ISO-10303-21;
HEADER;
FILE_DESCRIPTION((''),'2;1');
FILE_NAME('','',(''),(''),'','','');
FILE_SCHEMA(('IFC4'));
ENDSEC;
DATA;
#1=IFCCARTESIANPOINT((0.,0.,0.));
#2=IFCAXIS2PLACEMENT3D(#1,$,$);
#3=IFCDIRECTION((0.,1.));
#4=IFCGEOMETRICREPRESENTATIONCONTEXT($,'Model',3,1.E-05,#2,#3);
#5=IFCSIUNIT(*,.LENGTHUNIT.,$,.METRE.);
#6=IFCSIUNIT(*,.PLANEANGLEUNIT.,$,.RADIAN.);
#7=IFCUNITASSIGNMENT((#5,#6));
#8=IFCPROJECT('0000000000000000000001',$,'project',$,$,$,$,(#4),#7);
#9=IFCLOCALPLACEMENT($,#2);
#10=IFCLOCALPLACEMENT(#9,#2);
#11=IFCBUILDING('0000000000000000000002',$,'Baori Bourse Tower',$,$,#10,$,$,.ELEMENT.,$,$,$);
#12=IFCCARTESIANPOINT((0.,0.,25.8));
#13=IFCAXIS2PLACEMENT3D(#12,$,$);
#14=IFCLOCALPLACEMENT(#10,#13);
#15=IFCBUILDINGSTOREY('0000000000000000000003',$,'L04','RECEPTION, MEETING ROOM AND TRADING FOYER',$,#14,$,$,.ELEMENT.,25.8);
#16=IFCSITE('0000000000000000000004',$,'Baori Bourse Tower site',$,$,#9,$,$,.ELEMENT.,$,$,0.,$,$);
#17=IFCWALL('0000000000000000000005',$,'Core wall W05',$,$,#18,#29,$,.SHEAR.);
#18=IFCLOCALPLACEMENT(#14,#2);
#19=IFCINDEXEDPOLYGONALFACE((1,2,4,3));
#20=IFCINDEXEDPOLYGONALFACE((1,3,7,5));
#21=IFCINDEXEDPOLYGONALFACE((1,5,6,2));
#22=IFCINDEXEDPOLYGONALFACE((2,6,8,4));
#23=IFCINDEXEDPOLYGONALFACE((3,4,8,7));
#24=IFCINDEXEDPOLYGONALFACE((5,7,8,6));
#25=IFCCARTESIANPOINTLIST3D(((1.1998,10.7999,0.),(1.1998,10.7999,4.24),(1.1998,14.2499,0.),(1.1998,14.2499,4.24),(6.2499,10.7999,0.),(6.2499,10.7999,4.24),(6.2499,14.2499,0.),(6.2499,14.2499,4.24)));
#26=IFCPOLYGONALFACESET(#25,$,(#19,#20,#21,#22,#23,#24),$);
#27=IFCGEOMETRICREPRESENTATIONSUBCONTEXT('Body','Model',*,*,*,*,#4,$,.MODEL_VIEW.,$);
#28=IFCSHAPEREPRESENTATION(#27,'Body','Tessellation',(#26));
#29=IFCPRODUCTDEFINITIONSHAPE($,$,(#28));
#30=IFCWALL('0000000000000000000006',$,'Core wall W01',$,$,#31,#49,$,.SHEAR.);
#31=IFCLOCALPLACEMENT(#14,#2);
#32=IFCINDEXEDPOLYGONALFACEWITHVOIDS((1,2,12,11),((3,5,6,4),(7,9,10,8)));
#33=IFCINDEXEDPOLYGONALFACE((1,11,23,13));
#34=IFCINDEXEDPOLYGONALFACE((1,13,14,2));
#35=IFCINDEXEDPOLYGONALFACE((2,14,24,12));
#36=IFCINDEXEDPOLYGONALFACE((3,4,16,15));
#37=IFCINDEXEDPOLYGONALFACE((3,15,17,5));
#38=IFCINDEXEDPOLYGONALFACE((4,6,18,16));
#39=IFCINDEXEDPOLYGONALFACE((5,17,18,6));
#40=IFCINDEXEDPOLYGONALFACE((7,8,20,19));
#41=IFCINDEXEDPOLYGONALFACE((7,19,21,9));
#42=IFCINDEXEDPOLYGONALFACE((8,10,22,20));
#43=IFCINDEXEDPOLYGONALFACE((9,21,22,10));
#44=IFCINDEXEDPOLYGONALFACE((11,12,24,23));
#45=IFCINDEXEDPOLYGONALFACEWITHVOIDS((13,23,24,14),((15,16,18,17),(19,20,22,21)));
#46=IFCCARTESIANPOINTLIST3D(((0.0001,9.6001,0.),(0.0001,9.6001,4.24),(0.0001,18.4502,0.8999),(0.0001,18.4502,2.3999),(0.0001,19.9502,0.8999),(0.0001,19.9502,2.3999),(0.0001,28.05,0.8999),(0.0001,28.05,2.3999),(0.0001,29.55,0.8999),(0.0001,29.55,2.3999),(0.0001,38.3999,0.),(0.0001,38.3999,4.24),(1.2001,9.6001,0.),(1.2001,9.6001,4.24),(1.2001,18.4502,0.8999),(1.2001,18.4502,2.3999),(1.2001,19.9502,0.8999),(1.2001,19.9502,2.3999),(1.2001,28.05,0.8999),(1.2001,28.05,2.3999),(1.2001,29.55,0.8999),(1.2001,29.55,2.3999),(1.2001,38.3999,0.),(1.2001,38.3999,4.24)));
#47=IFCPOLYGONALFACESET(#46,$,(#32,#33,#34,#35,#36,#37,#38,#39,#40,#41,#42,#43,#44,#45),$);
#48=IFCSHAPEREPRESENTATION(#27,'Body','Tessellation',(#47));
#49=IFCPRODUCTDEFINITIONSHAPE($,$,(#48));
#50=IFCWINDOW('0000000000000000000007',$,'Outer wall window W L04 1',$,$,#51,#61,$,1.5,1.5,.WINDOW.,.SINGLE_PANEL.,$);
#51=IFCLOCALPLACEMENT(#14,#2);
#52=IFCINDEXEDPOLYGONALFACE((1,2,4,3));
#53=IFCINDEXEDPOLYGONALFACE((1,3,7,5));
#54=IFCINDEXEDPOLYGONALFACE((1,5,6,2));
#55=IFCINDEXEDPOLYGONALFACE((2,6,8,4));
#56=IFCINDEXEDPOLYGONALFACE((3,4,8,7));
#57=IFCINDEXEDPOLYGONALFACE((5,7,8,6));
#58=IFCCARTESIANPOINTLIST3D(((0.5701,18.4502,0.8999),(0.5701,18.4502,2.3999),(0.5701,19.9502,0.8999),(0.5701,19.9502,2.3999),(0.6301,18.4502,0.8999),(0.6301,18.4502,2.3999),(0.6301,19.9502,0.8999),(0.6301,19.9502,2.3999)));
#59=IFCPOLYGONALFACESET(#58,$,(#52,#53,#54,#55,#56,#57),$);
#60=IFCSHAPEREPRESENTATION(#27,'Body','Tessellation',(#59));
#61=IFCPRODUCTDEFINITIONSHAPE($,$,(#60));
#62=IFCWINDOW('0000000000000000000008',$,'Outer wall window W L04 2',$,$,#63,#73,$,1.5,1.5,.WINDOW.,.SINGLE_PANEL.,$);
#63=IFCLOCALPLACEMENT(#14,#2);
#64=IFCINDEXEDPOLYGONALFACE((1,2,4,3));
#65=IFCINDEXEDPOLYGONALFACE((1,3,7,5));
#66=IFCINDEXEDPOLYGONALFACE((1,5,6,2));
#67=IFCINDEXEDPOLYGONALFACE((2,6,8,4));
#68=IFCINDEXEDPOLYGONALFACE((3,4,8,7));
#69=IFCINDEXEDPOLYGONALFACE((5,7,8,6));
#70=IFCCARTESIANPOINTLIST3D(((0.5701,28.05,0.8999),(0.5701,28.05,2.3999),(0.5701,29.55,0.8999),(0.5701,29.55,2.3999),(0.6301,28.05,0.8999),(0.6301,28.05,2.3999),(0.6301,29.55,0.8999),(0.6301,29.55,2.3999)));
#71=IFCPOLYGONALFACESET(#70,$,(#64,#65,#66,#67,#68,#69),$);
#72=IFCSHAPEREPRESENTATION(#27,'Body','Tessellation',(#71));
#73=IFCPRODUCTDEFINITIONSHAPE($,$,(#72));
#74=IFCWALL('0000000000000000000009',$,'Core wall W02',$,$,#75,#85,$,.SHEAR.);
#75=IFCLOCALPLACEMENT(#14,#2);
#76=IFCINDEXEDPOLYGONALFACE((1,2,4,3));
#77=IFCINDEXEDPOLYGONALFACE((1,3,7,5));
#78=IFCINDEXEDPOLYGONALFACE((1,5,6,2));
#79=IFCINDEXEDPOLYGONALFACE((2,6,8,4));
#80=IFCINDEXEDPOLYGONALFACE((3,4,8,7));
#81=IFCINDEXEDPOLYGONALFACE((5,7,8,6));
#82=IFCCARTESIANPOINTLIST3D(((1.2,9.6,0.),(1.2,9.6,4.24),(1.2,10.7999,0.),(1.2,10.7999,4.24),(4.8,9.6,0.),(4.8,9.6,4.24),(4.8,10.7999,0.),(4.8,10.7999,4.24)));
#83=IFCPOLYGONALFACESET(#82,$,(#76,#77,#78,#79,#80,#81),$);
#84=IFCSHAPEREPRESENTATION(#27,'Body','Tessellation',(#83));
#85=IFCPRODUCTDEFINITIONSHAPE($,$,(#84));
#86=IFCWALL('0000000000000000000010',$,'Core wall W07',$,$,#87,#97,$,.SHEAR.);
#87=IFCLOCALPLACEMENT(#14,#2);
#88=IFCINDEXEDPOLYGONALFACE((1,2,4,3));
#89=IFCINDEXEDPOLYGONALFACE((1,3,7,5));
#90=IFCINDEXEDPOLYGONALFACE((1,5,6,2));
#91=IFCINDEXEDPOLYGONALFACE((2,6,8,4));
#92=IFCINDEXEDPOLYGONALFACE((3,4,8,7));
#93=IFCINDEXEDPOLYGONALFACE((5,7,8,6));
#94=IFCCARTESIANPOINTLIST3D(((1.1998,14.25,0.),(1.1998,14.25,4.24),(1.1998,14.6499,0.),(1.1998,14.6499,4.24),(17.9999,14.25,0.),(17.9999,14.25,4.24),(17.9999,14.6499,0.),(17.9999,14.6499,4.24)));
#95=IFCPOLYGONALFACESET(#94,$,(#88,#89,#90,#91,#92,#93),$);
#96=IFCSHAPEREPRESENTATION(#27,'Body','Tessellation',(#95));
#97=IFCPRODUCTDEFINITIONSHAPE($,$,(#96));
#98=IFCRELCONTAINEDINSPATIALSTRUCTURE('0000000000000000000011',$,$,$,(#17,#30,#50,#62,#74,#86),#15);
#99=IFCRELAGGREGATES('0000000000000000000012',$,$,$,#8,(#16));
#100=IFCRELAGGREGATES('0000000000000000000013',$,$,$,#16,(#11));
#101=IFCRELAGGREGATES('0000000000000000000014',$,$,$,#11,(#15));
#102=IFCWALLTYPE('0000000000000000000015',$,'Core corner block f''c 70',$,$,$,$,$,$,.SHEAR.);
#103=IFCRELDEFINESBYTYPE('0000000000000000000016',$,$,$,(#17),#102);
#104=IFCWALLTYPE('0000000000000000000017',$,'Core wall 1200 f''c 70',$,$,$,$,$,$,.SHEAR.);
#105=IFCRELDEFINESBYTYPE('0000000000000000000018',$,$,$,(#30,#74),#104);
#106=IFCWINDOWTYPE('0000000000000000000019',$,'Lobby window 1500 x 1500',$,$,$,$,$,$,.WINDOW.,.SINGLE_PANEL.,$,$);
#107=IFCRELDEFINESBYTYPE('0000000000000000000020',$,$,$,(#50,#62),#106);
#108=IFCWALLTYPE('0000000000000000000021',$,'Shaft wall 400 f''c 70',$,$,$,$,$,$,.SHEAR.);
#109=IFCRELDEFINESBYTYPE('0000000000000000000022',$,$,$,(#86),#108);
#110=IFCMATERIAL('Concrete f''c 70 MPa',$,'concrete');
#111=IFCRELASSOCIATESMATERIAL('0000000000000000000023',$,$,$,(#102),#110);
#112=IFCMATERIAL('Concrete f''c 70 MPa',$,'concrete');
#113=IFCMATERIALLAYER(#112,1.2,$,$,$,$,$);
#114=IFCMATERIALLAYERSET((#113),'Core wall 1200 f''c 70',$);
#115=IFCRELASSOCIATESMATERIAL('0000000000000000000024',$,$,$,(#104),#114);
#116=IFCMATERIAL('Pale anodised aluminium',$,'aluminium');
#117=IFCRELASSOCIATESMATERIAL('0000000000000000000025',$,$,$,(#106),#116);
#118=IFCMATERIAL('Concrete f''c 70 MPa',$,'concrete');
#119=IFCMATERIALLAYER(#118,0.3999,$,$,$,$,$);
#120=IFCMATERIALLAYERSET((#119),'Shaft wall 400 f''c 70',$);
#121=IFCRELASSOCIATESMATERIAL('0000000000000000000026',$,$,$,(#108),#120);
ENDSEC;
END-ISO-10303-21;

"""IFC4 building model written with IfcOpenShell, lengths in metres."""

from ifc_helpers import new_model, si_unit, direction, frame, frame_2d, origin, place, context, subcontext, project, spatial, rectangle, extrude, material, layer, layer_set, type_object, element, fill, save


model = new_model("IFC4")

# Units and contexts
model_context = context("Model", 3, precision=1e-05, world=origin(), true_north=direction((0.0, 1.0)))
body_context = subcontext(model_context, "Body", "Model", "MODEL_VIEW")
ifc_project = project(units=[si_unit("LENGTHUNIT", "METRE"), si_unit("PLANEANGLEUNIT", "RADIAN")], contexts=[model_context])

# Site, building, storey
site_placement = place(None, origin())
site = spatial("IfcSite", under=ifc_project, at=site_placement, Name="Baori Bourse Tower site", CompositionType="ELEMENT", RefElevation=0.0)
building_placement = place(site_placement, origin())
building = spatial("IfcBuilding", under=site, at=building_placement, Name="Baori Bourse Tower", CompositionType="ELEMENT")
storey_placement = place(building_placement, frame((0.0, 0.0, 25.8)))
storey = spatial("IfcBuildingStorey", under=building, at=storey_placement, Name="L04", Description="RECEPTION, MEETING ROOM AND TRADING FOYER", CompositionType="ELEMENT", Elevation=25.8)

# Wall
ifc_material_1 = material(Name="Concrete f'c 70 MPa", Category="concrete")
wall_type_1 = type_object("IfcWallType", Name="Core corner block f'c 70", PredefinedType="SHEAR", material=ifc_material_1)
wall_1_placement = place(storey_placement, frame((1.2, 12.5249, 0.0), z_axis=(0.0, 0.0, 1.0), x_axis=(1.0, 0.0, 0.0)))
element("IfcWall", 1, at=wall_1_placement, inside=storey, type_object=wall_type_1, Name="Core wall W05", PredefinedType="SHEAR", context=body_context, shape_type="SweptSolid", body=[
    extrude(rectangle(XDim=5.05, YDim=3.45, at=frame_2d((2.5249, 0.0))), origin(), (0.0, 0.0, 1.0), 4.24),
])

# Wall, openings, windows
ifc_material_2 = material(Name="Concrete f'c 70 MPa", Category="concrete")
ifc_layer_1 = layer(ifc_material_2, 1.2)
ifc_layer_set_1 = layer_set([ifc_layer_1], Name="Core wall 1200 f'c 70")
wall_type_2 = type_object("IfcWallType", Name="Core wall 1200 f'c 70", PredefinedType="SHEAR", material=ifc_layer_set_1)
wall_2_placement = place(storey_placement, frame((0.6001, 9.6001, 0.0), z_axis=(0.0, 0.0, 1.0), x_axis=(0.0, 1.0, 0.0)))
wall_2 = element("IfcWall", 2, at=wall_2_placement, inside=storey, type_object=wall_type_2, Name="Core wall W01", PredefinedType="SHEAR", context=body_context, shape_type="SweptSolid", body=[
    extrude(rectangle(XDim=28.7998, YDim=1.2, at=frame_2d((14.3999, 0.0))), origin(), (0.0, 0.0, 1.0), 4.24),
])
opening_1_placement = place(wall_2_placement, frame((8.8501, 0.0, 0.8999)))
opening_1 = element("IfcOpeningElement", 3, at=opening_1_placement, cuts=wall_2, PredefinedType="OPENING", context=body_context, shape_type="SweptSolid", body=[
    extrude(rectangle(XDim=1.5, YDim=1.5, at=frame_2d((0.75, 0.75))), frame((0.0, 0.6099, 0.0), z_axis=(0.0, -1.0, 0.0), x_axis=(1.0, 0.0, 0.0)), (0.0, 0.0, 1.0), 1.22),
])
opening_2_placement = place(wall_2_placement, frame((18.45, 0.0, 0.8999)))
opening_2 = element("IfcOpeningElement", 4, at=opening_2_placement, cuts=wall_2, PredefinedType="OPENING", context=body_context, shape_type="SweptSolid", body=[
    extrude(rectangle(XDim=1.5, YDim=1.5, at=frame_2d((0.75, 0.75))), frame((0.0, 0.6099, 0.0), z_axis=(0.0, -1.0, 0.0), x_axis=(1.0, 0.0, 0.0)), (0.0, 0.0, 1.0), 1.22),
])
ifc_material_3 = material(Name="Pale anodised aluminium", Category="aluminium")
window_type = type_object("IfcWindowType", Name="Lobby window 1500 x 1500", PartitioningType="SINGLE_PANEL", PredefinedType="WINDOW", material=ifc_material_3)
window_1_placement = place(opening_1_placement, origin())
window_1 = element("IfcWindow", 5, at=window_1_placement, inside=storey, type_object=window_type, Name="Outer wall window W L04 1", OverallHeight=1.5, OverallWidth=1.5, PartitioningType="SINGLE_PANEL", PredefinedType="WINDOW", context=body_context, shape_type="SweptSolid", body=[
    extrude(rectangle(XDim=1.5, YDim=1.5, at=frame_2d((0.75, 0.75))), frame((0.0, 0.03, 0.0), z_axis=(0.0, -1.0, 0.0), x_axis=(1.0, 0.0, 0.0)), (0.0, 0.0, 1.0), 0.0601),
])
fill(opening_1, window_1)
window_2_placement = place(opening_2_placement, origin())
window_2 = element("IfcWindow", 6, at=window_2_placement, inside=storey, type_object=window_type, Name="Outer wall window W L04 2", OverallHeight=1.5, OverallWidth=1.5, PartitioningType="SINGLE_PANEL", PredefinedType="WINDOW", context=body_context, shape_type="SweptSolid", body=[
    extrude(rectangle(XDim=1.5, YDim=1.5, at=frame_2d((0.75, 0.75))), frame((0.0, 0.03, 0.0), z_axis=(0.0, -1.0, 0.0), x_axis=(1.0, 0.0, 0.0)), (0.0, 0.0, 1.0), 0.0601),
])
fill(opening_2, window_2)

# Walls
wall_3_placement = place(storey_placement, frame((4.8, 10.2, 0.0), z_axis=(0.0, 0.0, 1.0), x_axis=(-1.0, 0.0, 0.0)))
element("IfcWall", 7, at=wall_3_placement, inside=storey, type_object=wall_type_2, Name="Core wall W02", PredefinedType="SHEAR", context=body_context, shape_type="SweptSolid", body=[
    extrude(rectangle(XDim=3.6001, YDim=1.2, at=frame_2d((1.8, 0.0))), origin(), (0.0, 0.0, 1.0), 4.24),
])
ifc_material_4 = material(Name="Concrete f'c 70 MPa", Category="concrete")
ifc_layer_2 = layer(ifc_material_4, 0.3999)
ifc_layer_set_2 = layer_set([ifc_layer_2], Name="Shaft wall 400 f'c 70")
wall_type_3 = type_object("IfcWallType", Name="Shaft wall 400 f'c 70", PredefinedType="SHEAR", material=ifc_layer_set_2)
wall_4_placement = place(storey_placement, frame((1.2, 14.45, 0.0), z_axis=(0.0, 0.0, 1.0), x_axis=(1.0, 0.0, 0.0)))
element("IfcWall", 8, at=wall_4_placement, inside=storey, type_object=wall_type_3, Name="Core wall W07", PredefinedType="SHEAR", context=body_context, shape_type="SweptSolid", body=[
    extrude(rectangle(XDim=16.8, YDim=0.3999, at=frame_2d((8.3999, 0.0))), origin(), (0.0, 0.0, 1.0), 4.24),
])

save(model, "model.ifc")
